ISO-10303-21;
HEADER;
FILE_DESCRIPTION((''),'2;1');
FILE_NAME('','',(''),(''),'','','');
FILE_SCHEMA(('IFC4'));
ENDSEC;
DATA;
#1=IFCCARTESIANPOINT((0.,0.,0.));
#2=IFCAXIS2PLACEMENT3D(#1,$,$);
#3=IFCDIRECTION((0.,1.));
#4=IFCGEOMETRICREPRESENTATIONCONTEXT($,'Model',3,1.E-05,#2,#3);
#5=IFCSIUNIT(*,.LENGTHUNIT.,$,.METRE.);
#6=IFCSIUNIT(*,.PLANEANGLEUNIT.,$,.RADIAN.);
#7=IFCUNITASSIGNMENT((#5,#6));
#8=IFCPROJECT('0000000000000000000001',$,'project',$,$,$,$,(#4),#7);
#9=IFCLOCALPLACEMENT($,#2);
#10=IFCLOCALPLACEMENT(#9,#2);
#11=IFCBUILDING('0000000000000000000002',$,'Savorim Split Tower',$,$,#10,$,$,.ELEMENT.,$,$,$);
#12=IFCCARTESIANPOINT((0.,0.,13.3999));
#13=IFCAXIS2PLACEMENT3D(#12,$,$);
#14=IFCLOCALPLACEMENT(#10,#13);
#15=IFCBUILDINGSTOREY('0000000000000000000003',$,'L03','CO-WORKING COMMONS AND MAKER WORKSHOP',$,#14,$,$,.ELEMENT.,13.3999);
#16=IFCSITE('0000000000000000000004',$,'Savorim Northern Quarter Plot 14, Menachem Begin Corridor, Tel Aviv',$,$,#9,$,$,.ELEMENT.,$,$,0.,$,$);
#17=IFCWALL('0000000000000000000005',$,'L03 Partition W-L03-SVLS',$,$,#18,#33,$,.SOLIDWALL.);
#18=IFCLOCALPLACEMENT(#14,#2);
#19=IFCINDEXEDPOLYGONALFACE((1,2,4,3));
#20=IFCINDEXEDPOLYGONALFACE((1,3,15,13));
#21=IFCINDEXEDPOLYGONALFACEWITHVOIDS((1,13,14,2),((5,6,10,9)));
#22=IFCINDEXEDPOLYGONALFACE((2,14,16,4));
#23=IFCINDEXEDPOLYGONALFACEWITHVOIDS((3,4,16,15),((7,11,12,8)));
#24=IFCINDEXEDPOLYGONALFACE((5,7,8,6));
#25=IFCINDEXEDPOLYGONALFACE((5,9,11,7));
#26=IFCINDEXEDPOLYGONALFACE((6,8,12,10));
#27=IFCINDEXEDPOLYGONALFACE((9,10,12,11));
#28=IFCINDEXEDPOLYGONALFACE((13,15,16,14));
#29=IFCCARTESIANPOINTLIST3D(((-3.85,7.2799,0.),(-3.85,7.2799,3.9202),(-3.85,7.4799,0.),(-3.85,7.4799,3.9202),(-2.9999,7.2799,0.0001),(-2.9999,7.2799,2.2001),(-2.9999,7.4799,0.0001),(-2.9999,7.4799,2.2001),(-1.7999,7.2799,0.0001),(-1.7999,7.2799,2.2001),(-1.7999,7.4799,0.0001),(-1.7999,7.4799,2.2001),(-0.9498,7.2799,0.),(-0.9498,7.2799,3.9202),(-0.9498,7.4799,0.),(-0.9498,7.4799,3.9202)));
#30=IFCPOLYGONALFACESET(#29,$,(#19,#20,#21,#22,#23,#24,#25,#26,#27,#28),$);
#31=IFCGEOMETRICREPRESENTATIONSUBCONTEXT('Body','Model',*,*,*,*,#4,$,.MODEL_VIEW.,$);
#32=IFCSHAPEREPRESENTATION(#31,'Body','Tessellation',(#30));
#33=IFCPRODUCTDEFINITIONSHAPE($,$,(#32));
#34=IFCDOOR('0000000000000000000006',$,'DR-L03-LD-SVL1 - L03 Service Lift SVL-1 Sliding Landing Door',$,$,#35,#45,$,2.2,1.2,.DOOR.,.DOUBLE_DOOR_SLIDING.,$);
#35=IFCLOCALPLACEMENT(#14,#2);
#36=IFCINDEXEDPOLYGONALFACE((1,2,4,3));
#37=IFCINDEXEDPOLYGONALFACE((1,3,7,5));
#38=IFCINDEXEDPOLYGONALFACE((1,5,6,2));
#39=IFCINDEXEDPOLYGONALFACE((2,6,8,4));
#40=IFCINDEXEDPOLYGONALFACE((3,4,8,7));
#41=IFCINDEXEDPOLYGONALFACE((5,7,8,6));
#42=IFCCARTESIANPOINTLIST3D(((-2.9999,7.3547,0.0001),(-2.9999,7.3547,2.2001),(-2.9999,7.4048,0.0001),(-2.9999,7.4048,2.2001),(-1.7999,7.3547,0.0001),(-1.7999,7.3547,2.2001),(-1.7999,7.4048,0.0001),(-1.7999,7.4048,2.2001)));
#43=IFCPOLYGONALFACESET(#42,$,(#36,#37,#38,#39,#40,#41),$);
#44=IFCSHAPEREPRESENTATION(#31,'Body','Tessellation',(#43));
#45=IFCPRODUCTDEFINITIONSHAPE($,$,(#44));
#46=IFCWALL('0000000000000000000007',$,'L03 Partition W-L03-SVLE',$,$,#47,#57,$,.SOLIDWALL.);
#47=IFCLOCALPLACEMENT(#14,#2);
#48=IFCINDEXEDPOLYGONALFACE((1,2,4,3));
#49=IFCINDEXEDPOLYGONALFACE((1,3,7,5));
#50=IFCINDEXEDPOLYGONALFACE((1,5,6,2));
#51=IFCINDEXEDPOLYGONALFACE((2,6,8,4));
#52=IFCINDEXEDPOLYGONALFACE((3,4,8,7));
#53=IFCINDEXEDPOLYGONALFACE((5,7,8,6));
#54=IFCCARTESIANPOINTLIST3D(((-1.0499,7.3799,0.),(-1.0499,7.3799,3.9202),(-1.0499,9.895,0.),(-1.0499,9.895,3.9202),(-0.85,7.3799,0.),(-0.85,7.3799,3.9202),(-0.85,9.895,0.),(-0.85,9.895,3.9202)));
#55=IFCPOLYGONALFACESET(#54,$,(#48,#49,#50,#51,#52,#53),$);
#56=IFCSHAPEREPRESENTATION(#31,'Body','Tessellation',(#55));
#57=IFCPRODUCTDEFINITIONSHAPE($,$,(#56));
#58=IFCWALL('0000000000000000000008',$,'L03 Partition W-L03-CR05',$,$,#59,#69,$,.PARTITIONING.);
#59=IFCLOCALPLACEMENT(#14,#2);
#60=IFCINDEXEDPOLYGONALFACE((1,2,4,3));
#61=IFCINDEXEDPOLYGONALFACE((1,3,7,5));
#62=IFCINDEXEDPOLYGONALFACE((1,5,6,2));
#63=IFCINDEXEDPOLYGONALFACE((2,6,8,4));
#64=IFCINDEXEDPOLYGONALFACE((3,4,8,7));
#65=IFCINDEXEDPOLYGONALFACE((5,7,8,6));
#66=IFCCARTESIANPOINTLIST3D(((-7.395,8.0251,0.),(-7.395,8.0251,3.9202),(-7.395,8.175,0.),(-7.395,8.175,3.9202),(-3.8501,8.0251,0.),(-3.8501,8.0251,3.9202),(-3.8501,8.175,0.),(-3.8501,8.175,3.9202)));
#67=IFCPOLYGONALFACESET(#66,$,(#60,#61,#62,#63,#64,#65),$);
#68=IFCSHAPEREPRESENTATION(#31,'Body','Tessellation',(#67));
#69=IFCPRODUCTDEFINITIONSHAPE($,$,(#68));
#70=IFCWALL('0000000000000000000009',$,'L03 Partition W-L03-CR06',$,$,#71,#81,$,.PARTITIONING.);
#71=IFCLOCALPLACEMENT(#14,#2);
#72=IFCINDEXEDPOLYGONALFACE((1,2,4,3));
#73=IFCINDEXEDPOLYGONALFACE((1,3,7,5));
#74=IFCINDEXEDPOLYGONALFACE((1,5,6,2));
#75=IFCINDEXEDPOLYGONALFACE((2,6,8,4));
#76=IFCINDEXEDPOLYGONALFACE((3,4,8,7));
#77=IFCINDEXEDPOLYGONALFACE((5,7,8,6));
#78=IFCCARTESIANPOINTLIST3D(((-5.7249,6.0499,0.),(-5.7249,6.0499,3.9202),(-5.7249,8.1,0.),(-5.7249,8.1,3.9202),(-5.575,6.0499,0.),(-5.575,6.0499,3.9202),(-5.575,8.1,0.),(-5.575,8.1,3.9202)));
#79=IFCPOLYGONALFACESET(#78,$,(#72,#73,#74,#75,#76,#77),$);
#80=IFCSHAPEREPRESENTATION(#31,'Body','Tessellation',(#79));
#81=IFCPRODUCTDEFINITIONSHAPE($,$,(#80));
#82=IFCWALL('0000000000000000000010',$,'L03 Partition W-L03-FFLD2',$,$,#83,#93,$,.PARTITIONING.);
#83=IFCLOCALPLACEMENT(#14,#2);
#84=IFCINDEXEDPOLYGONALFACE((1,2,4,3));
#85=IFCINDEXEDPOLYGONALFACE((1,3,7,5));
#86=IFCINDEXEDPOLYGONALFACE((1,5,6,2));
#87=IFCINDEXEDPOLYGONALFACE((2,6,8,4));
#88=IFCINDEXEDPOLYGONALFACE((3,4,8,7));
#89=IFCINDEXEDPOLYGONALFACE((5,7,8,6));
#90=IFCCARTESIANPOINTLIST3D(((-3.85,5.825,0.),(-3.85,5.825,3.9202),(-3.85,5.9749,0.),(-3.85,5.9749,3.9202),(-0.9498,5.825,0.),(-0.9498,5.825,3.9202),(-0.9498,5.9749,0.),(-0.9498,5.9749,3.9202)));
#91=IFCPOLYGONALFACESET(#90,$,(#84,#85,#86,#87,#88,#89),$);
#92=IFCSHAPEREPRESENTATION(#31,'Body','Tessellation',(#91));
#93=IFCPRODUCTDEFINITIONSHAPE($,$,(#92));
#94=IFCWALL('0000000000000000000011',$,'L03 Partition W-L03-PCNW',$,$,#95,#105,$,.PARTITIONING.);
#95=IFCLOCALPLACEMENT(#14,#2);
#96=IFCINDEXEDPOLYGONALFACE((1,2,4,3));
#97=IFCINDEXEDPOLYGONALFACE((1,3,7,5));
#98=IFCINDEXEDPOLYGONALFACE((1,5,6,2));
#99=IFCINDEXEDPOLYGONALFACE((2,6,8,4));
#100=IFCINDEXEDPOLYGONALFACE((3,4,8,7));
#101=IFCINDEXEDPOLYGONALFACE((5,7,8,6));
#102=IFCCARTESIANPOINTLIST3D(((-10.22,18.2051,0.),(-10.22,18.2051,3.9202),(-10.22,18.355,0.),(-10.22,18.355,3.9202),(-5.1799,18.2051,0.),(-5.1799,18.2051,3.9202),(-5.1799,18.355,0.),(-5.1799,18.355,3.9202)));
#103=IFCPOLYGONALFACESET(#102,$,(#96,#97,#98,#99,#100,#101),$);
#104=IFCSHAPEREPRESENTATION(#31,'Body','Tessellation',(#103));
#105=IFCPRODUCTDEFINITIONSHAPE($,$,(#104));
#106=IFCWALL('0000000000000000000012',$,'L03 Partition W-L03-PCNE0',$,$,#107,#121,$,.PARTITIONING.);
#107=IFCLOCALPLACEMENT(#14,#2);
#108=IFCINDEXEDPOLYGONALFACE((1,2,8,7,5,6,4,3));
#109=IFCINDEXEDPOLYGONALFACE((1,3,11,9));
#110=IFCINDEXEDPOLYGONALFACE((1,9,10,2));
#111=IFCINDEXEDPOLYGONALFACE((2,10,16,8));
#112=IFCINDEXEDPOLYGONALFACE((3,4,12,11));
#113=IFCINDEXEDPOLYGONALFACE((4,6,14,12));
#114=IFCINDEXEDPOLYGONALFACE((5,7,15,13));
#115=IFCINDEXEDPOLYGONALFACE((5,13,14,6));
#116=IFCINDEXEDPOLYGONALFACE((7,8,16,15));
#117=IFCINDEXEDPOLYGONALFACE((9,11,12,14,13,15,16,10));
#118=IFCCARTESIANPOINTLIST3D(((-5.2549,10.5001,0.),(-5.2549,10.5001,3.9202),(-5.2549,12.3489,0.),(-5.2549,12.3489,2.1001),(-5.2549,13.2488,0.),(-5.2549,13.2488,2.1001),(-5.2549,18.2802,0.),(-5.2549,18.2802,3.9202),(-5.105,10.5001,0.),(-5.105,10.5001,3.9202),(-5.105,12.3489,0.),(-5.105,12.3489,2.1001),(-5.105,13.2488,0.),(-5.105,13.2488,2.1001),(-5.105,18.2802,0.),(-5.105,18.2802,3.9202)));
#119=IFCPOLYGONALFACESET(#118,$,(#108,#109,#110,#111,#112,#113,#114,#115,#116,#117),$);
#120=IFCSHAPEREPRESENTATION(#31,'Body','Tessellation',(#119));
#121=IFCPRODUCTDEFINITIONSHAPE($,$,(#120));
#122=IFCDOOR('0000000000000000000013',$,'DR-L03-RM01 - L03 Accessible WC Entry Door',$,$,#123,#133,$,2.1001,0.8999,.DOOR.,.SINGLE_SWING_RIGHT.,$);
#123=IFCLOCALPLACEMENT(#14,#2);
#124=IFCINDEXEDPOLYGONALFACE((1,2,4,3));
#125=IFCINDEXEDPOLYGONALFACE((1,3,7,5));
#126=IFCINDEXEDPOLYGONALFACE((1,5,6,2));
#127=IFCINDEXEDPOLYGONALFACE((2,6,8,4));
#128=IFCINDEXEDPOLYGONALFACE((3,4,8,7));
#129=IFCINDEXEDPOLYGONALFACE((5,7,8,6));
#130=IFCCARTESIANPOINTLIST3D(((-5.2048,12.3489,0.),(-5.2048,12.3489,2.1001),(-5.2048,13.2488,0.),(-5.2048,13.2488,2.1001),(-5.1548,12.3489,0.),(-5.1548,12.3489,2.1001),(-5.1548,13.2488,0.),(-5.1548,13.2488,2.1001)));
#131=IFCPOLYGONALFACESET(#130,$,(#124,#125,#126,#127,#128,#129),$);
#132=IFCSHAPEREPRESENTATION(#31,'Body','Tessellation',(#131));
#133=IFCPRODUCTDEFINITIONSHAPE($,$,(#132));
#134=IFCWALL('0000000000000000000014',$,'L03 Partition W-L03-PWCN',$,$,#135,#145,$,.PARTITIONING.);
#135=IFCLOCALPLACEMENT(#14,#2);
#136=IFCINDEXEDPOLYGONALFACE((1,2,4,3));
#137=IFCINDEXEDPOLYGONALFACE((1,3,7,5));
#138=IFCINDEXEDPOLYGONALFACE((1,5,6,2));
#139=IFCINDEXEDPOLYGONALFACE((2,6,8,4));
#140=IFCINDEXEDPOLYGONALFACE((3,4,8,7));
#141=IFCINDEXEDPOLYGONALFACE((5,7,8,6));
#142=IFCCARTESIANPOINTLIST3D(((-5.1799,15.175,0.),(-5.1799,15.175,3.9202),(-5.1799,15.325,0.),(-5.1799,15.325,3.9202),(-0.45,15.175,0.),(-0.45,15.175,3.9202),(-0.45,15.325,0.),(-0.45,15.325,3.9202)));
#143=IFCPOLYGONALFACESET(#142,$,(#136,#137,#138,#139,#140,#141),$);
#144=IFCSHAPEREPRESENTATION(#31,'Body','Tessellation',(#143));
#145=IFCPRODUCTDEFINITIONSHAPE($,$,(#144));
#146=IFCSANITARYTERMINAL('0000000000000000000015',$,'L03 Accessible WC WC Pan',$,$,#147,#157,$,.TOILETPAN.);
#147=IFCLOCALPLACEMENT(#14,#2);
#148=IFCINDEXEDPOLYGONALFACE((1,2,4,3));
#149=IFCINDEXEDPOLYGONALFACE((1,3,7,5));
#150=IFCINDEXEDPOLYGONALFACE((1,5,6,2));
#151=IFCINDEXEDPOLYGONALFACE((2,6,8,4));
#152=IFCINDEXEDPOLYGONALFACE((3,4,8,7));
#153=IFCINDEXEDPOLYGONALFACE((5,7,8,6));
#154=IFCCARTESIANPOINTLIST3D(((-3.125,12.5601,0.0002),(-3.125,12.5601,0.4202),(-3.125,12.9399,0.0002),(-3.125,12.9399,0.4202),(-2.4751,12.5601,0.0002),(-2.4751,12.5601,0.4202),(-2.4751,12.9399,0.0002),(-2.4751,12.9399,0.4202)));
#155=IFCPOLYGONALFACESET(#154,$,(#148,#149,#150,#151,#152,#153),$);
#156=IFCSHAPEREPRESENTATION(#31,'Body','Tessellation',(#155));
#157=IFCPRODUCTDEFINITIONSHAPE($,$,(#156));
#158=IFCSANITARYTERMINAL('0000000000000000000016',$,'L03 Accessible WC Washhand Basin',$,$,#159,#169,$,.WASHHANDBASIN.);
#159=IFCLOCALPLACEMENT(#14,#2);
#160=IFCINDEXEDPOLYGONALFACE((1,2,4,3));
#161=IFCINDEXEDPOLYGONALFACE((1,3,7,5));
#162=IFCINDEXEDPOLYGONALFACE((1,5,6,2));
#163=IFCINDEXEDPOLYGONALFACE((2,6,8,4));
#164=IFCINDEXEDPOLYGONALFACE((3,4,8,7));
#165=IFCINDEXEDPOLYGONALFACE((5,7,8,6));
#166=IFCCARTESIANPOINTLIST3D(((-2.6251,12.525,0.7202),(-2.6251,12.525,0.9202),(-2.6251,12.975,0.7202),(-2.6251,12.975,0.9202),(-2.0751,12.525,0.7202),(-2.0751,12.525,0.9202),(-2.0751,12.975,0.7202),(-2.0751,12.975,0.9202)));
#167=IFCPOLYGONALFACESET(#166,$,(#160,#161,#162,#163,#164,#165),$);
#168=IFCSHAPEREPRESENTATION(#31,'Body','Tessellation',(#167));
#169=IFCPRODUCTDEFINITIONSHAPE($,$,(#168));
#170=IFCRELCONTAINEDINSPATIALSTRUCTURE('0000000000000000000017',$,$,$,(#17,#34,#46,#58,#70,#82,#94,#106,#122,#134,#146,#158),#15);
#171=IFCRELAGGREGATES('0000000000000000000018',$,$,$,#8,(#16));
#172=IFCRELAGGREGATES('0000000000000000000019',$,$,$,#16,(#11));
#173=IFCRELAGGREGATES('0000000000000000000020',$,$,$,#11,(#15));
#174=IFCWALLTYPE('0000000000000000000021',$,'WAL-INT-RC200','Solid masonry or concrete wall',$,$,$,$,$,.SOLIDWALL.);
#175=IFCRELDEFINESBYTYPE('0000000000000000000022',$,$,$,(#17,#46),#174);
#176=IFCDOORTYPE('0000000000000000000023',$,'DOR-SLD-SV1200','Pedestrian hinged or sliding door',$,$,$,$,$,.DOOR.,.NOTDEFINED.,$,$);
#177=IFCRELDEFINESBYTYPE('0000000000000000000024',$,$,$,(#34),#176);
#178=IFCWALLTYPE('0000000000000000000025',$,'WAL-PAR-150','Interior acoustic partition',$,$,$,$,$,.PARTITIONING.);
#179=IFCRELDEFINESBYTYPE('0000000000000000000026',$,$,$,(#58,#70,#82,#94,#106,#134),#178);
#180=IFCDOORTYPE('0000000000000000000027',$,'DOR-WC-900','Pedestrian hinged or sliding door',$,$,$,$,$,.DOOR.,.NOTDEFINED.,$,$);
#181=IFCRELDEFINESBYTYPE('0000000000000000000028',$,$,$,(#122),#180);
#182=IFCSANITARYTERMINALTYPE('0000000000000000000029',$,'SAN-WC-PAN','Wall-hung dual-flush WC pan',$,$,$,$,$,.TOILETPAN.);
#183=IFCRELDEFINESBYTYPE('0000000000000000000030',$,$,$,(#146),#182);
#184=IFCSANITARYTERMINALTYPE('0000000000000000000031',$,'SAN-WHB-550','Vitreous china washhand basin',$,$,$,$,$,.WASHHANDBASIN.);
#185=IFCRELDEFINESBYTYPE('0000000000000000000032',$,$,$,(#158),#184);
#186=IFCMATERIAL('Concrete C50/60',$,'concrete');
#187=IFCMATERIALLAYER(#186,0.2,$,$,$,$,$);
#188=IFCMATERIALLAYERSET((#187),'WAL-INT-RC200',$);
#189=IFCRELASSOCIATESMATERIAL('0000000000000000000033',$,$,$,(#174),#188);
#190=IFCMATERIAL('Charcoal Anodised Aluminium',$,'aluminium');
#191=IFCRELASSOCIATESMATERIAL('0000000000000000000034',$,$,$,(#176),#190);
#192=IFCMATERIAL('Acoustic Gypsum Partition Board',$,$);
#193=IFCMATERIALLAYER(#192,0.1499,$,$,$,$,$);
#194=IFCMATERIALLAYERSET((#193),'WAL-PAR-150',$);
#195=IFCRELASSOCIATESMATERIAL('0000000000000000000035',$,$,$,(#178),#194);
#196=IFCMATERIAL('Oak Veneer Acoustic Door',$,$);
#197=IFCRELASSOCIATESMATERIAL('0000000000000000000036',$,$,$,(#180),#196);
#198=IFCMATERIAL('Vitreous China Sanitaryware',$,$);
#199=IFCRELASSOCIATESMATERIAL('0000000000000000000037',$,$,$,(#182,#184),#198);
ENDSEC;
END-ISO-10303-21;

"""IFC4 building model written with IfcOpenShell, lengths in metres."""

from ifc_helpers import new_model, si_unit, direction, frame, frame_2d, origin, origin_2d, place, context, subcontext, project, spatial, rectangle, extrude, material, layer, layer_set, type_object, element, fill, save


model = new_model("IFC4")

# Units and contexts
model_context = context("Model", 3, precision=1e-05, world=origin(), true_north=direction((0.0, 1.0)))
body_context = subcontext(model_context, "Body", "Model", "MODEL_VIEW")
ifc_project = project(units=[si_unit("LENGTHUNIT", "METRE"), si_unit("PLANEANGLEUNIT", "RADIAN")], contexts=[model_context])

# Site, building, storey
site_placement = place(None, origin())
site = spatial("IfcSite", under=ifc_project, at=site_placement, Name="Savorim Northern Quarter Plot 14, Menachem Begin Corridor, Tel Aviv", CompositionType="ELEMENT", RefElevation=0.0)
building_placement = place(site_placement, origin())
building = spatial("IfcBuilding", under=site, at=building_placement, Name="Savorim Split Tower", CompositionType="ELEMENT")
storey_placement = place(building_placement, frame((0.0, 0.0, 13.3999)))
storey = spatial("IfcBuildingStorey", under=building, at=storey_placement, Name="L03", Description="CO-WORKING COMMONS AND MAKER WORKSHOP", CompositionType="ELEMENT", Elevation=13.3999)

# Shared definitions
ifc_material_1 = material(Name="Charcoal Anodised Aluminium", Category="aluminium")

# Shared definitions
ifc_material_2 = material(Name="Concrete C50/60", Category="concrete")
ifc_layer_1 = layer(ifc_material_2, 0.2)
ifc_layer_set_1 = layer_set([ifc_layer_1], Name="WAL-INT-RC200")
wall_type_1 = type_object("IfcWallType", Name="WAL-INT-RC200", Description="Solid masonry or concrete wall", PredefinedType="SOLIDWALL", material=ifc_layer_set_1)

# Wall, opening, door
wall_1_placement = place(storey_placement, frame((-3.8501, 7.3799, 0.0), z_axis=(0.0, 0.0, 1.0), x_axis=(1.0, 0.0, 0.0)))
wall_1 = element("IfcWall", 1, at=wall_1_placement, inside=storey, type_object=wall_type_1, Name="L03 Partition W-L03-SVLS", PredefinedType="SOLIDWALL", context=body_context, shape_type="SweptSolid", body=[
    extrude(rectangle(XDim=2.9001, YDim=0.2, at=frame_2d((1.4502, 0.0))), origin(), (0.0, 0.0, 1.0), 3.9202),
])
opening_1_placement = place(wall_1_placement, frame((0.8501, 0.0, 0.0)))
opening_1 = element("IfcOpeningElement", 2, at=opening_1_placement, cuts=wall_1, PredefinedType="OPENING", context=body_context, shape_type="SweptSolid", body=[
    extrude(rectangle(XDim=1.2, YDim=2.2, at=frame_2d((0.6001, 1.1001))), frame((0.0, 0.1099, 0.0), z_axis=(0.0, -1.0, 0.0), x_axis=(1.0, 0.0, 0.0)), (0.0, 0.0, 1.0), 0.22),
])
door_type_1 = type_object("IfcDoorType", Name="DOR-SLD-SV1200", Description="Pedestrian hinged or sliding door", OperationType="NOTDEFINED", PredefinedType="DOOR", material=ifc_material_1)
door_1_placement = place(opening_1_placement, origin())
door_1 = element("IfcDoor", 3, at=door_1_placement, inside=storey, type_object=door_type_1, Name="DR-L03-LD-SVL1 - L03 Service Lift SVL-1 Sliding Landing Door", OperationType="DOUBLE_DOOR_SLIDING", OverallHeight=2.2, OverallWidth=1.2, PredefinedType="DOOR", context=body_context, shape_type="SweptSolid", body=[
    extrude(rectangle(XDim=1.2, YDim=2.2, at=frame_2d((0.6001, 1.1001))), frame((0.0, 0.0249, 0.0), z_axis=(0.0, -1.0, 0.0), x_axis=(1.0, 0.0, 0.0)), (0.0, 0.0, 1.0), 0.05),
])
fill(opening_1, door_1)

# Walls
wall_2_placement = place(storey_placement, frame((-0.95, 7.3799, 0.0), z_axis=(0.0, 0.0, 1.0), x_axis=(0.0, 1.0, 0.0)))
element("IfcWall", 4, at=wall_2_placement, inside=storey, type_object=wall_type_1, Name="L03 Partition W-L03-SVLE", PredefinedType="SOLIDWALL", context=body_context, shape_type="SweptSolid", body=[
    extrude(rectangle(XDim=2.5151, YDim=0.2, at=frame_2d((1.2576, 0.0))), origin(), (0.0, 0.0, 1.0), 3.9202),
])
ifc_material_3 = material(Name="Acoustic Gypsum Partition Board")
ifc_layer_2 = layer(ifc_material_3, 0.1499)
ifc_layer_set_2 = layer_set([ifc_layer_2], Name="WAL-PAR-150")
wall_type_2 = type_object("IfcWallType", Name="WAL-PAR-150", Description="Interior acoustic partition", PredefinedType="PARTITIONING", material=ifc_layer_set_2)
wall_3_placement = place(storey_placement, frame((-7.395, 8.1001, 0.0), z_axis=(0.0, 0.0, 1.0), x_axis=(1.0, 0.0, 0.0)))
element("IfcWall", 5, at=wall_3_placement, inside=storey, type_object=wall_type_2, Name="L03 Partition W-L03-CR05", PredefinedType="PARTITIONING", context=body_context, shape_type="SweptSolid", body=[
    extrude(rectangle(XDim=3.5449, YDim=0.1499, at=frame_2d((1.7725, 0.0))), origin(), (0.0, 0.0, 1.0), 3.9202),
])
wall_4_placement = place(storey_placement, frame((-5.6499, 6.05, 0.0), z_axis=(0.0, 0.0, 1.0), x_axis=(0.0, 1.0, 0.0)))
element("IfcWall", 6, at=wall_4_placement, inside=storey, type_object=wall_type_2, Name="L03 Partition W-L03-CR06", PredefinedType="PARTITIONING", context=body_context, shape_type="SweptSolid", body=[
    extrude(rectangle(XDim=2.05, YDim=0.1499, at=frame_2d((1.0249, 0.0))), origin(), (0.0, 0.0, 1.0), 3.9202),
])
wall_5_placement = place(storey_placement, frame((-3.8501, 5.8999, 0.0), z_axis=(0.0, 0.0, 1.0), x_axis=(1.0, 0.0, 0.0)))
element("IfcWall", 7, at=wall_5_placement, inside=storey, type_object=wall_type_2, Name="L03 Partition W-L03-FFLD2", PredefinedType="PARTITIONING", context=body_context, shape_type="SweptSolid", body=[
    extrude(rectangle(XDim=2.9001, YDim=0.1499, at=frame_2d((1.4502, 0.0))), origin(), (0.0, 0.0, 1.0), 3.9202),
])
wall_6_placement = place(storey_placement, frame((-10.22, 18.28, 0.0), z_axis=(0.0, 0.0, 1.0), x_axis=(1.0, 0.0, 0.0)))
element("IfcWall", 8, at=wall_6_placement, inside=storey, type_object=wall_type_2, Name="L03 Partition W-L03-PCNW", PredefinedType="PARTITIONING", context=body_context, shape_type="SweptSolid", body=[
    extrude(rectangle(XDim=5.04, YDim=0.1499, at=frame_2d((2.52, 0.0))), origin(), (0.0, 0.0, 1.0), 3.9202),
])

# Wall, opening, door
wall_7_placement = place(storey_placement, frame((-5.1799, 10.5, 0.0), z_axis=(0.0, 0.0, 1.0), x_axis=(0.0, 1.0, 0.0)))
wall_7 = element("IfcWall", 9, at=wall_7_placement, inside=storey, type_object=wall_type_2, Name="L03 Partition W-L03-PCNE0", PredefinedType="PARTITIONING", context=body_context, shape_type="SweptSolid", body=[
    extrude(rectangle(XDim=7.78, YDim=0.1499, at=frame_2d((3.8901, 0.0))), origin(), (0.0, 0.0, 1.0), 3.9202),
])
opening_2_placement = place(wall_7_placement, frame((1.8489, 0.0, 0.0)))
opening_2 = element("IfcOpeningElement", 10, at=opening_2_placement, cuts=wall_7, PredefinedType="OPENING", context=body_context, shape_type="SweptSolid", body=[
    extrude(rectangle(XDim=0.8999, YDim=2.1001, at=frame_2d((0.45, 1.05))), frame((0.0, 0.085, 0.0), z_axis=(0.0, -1.0, 0.0), x_axis=(1.0, 0.0, 0.0)), (0.0, 0.0, 1.0), 0.1699),
])
ifc_material_4 = material(Name="Oak Veneer Acoustic Door")
door_type_2 = type_object("IfcDoorType", Name="DOR-WC-900", Description="Pedestrian hinged or sliding door", OperationType="NOTDEFINED", PredefinedType="DOOR", material=ifc_material_4)
door_2_placement = place(opening_2_placement, origin())
door_2 = element("IfcDoor", 11, at=door_2_placement, inside=storey, type_object=door_type_2, Name="DR-L03-RM01 - L03 Accessible WC Entry Door", OperationType="SINGLE_SWING_RIGHT", OverallHeight=2.1001, OverallWidth=0.8999, PredefinedType="DOOR", context=body_context, shape_type="SweptSolid", body=[
    extrude(rectangle(XDim=0.8999, YDim=2.1001, at=frame_2d((0.45, 1.05))), frame((0.0, 0.0249, 0.0), z_axis=(0.0, -1.0, 0.0), x_axis=(1.0, 0.0, 0.0)), (0.0, 0.0, 1.0), 0.05),
])
fill(opening_2, door_2)

# Wall
wall_8_placement = place(storey_placement, frame((-5.1799, 15.25, 0.0), z_axis=(0.0, 0.0, 1.0), x_axis=(1.0, 0.0, 0.0)))
element("IfcWall", 12, at=wall_8_placement, inside=storey, type_object=wall_type_2, Name="L03 Partition W-L03-PWCN", PredefinedType="PARTITIONING", context=body_context, shape_type="SweptSolid", body=[
    extrude(rectangle(XDim=4.73, YDim=0.1499, at=frame_2d((2.365, 0.0))), origin(), (0.0, 0.0, 1.0), 3.9202),
])

# Sanitary terminals
ifc_material_5 = material(Name="Vitreous China Sanitaryware")
sanitary_terminal_type_1 = type_object("IfcSanitaryTerminalType", Name="SAN-WC-PAN", Description="Wall-hung dual-flush WC pan", PredefinedType="TOILETPAN", material=ifc_material_5)
sanitary_terminal_1_placement = place(storey_placement, frame((-2.8, 12.75, 0.0002), z_axis=(0.0, 0.0, 1.0), x_axis=(1.0, 0.0, 0.0)))
element("IfcSanitaryTerminal", 13, at=sanitary_terminal_1_placement, inside=storey, type_object=sanitary_terminal_type_1, Name="L03 Accessible WC WC Pan", PredefinedType="TOILETPAN", context=body_context, shape_type="SweptSolid", body=[
    extrude(rectangle(XDim=0.6499, YDim=0.3799, at=origin_2d()), origin(), (0.0, 0.0, 1.0), 0.4199),
])
sanitary_terminal_type_2 = type_object("IfcSanitaryTerminalType", Name="SAN-WHB-550", Description="Vitreous china washhand basin", PredefinedType="WASHHANDBASIN", material=ifc_material_5)
sanitary_terminal_2_placement = place(storey_placement, frame((-2.3501, 12.75, 0.7202), z_axis=(0.0, 0.0, 1.0), x_axis=(1.0, 0.0, 0.0)))
element("IfcSanitaryTerminal", 14, at=sanitary_terminal_2_placement, inside=storey, type_object=sanitary_terminal_type_2, Name="L03 Accessible WC Washhand Basin", PredefinedType="WASHHANDBASIN", context=body_context, shape_type="SweptSolid", body=[
    extrude(rectangle(XDim=0.55, YDim=0.45, at=origin_2d()), origin(), (0.0, 0.0, 1.0), 0.2),
])

save(model, "model.ifc")
